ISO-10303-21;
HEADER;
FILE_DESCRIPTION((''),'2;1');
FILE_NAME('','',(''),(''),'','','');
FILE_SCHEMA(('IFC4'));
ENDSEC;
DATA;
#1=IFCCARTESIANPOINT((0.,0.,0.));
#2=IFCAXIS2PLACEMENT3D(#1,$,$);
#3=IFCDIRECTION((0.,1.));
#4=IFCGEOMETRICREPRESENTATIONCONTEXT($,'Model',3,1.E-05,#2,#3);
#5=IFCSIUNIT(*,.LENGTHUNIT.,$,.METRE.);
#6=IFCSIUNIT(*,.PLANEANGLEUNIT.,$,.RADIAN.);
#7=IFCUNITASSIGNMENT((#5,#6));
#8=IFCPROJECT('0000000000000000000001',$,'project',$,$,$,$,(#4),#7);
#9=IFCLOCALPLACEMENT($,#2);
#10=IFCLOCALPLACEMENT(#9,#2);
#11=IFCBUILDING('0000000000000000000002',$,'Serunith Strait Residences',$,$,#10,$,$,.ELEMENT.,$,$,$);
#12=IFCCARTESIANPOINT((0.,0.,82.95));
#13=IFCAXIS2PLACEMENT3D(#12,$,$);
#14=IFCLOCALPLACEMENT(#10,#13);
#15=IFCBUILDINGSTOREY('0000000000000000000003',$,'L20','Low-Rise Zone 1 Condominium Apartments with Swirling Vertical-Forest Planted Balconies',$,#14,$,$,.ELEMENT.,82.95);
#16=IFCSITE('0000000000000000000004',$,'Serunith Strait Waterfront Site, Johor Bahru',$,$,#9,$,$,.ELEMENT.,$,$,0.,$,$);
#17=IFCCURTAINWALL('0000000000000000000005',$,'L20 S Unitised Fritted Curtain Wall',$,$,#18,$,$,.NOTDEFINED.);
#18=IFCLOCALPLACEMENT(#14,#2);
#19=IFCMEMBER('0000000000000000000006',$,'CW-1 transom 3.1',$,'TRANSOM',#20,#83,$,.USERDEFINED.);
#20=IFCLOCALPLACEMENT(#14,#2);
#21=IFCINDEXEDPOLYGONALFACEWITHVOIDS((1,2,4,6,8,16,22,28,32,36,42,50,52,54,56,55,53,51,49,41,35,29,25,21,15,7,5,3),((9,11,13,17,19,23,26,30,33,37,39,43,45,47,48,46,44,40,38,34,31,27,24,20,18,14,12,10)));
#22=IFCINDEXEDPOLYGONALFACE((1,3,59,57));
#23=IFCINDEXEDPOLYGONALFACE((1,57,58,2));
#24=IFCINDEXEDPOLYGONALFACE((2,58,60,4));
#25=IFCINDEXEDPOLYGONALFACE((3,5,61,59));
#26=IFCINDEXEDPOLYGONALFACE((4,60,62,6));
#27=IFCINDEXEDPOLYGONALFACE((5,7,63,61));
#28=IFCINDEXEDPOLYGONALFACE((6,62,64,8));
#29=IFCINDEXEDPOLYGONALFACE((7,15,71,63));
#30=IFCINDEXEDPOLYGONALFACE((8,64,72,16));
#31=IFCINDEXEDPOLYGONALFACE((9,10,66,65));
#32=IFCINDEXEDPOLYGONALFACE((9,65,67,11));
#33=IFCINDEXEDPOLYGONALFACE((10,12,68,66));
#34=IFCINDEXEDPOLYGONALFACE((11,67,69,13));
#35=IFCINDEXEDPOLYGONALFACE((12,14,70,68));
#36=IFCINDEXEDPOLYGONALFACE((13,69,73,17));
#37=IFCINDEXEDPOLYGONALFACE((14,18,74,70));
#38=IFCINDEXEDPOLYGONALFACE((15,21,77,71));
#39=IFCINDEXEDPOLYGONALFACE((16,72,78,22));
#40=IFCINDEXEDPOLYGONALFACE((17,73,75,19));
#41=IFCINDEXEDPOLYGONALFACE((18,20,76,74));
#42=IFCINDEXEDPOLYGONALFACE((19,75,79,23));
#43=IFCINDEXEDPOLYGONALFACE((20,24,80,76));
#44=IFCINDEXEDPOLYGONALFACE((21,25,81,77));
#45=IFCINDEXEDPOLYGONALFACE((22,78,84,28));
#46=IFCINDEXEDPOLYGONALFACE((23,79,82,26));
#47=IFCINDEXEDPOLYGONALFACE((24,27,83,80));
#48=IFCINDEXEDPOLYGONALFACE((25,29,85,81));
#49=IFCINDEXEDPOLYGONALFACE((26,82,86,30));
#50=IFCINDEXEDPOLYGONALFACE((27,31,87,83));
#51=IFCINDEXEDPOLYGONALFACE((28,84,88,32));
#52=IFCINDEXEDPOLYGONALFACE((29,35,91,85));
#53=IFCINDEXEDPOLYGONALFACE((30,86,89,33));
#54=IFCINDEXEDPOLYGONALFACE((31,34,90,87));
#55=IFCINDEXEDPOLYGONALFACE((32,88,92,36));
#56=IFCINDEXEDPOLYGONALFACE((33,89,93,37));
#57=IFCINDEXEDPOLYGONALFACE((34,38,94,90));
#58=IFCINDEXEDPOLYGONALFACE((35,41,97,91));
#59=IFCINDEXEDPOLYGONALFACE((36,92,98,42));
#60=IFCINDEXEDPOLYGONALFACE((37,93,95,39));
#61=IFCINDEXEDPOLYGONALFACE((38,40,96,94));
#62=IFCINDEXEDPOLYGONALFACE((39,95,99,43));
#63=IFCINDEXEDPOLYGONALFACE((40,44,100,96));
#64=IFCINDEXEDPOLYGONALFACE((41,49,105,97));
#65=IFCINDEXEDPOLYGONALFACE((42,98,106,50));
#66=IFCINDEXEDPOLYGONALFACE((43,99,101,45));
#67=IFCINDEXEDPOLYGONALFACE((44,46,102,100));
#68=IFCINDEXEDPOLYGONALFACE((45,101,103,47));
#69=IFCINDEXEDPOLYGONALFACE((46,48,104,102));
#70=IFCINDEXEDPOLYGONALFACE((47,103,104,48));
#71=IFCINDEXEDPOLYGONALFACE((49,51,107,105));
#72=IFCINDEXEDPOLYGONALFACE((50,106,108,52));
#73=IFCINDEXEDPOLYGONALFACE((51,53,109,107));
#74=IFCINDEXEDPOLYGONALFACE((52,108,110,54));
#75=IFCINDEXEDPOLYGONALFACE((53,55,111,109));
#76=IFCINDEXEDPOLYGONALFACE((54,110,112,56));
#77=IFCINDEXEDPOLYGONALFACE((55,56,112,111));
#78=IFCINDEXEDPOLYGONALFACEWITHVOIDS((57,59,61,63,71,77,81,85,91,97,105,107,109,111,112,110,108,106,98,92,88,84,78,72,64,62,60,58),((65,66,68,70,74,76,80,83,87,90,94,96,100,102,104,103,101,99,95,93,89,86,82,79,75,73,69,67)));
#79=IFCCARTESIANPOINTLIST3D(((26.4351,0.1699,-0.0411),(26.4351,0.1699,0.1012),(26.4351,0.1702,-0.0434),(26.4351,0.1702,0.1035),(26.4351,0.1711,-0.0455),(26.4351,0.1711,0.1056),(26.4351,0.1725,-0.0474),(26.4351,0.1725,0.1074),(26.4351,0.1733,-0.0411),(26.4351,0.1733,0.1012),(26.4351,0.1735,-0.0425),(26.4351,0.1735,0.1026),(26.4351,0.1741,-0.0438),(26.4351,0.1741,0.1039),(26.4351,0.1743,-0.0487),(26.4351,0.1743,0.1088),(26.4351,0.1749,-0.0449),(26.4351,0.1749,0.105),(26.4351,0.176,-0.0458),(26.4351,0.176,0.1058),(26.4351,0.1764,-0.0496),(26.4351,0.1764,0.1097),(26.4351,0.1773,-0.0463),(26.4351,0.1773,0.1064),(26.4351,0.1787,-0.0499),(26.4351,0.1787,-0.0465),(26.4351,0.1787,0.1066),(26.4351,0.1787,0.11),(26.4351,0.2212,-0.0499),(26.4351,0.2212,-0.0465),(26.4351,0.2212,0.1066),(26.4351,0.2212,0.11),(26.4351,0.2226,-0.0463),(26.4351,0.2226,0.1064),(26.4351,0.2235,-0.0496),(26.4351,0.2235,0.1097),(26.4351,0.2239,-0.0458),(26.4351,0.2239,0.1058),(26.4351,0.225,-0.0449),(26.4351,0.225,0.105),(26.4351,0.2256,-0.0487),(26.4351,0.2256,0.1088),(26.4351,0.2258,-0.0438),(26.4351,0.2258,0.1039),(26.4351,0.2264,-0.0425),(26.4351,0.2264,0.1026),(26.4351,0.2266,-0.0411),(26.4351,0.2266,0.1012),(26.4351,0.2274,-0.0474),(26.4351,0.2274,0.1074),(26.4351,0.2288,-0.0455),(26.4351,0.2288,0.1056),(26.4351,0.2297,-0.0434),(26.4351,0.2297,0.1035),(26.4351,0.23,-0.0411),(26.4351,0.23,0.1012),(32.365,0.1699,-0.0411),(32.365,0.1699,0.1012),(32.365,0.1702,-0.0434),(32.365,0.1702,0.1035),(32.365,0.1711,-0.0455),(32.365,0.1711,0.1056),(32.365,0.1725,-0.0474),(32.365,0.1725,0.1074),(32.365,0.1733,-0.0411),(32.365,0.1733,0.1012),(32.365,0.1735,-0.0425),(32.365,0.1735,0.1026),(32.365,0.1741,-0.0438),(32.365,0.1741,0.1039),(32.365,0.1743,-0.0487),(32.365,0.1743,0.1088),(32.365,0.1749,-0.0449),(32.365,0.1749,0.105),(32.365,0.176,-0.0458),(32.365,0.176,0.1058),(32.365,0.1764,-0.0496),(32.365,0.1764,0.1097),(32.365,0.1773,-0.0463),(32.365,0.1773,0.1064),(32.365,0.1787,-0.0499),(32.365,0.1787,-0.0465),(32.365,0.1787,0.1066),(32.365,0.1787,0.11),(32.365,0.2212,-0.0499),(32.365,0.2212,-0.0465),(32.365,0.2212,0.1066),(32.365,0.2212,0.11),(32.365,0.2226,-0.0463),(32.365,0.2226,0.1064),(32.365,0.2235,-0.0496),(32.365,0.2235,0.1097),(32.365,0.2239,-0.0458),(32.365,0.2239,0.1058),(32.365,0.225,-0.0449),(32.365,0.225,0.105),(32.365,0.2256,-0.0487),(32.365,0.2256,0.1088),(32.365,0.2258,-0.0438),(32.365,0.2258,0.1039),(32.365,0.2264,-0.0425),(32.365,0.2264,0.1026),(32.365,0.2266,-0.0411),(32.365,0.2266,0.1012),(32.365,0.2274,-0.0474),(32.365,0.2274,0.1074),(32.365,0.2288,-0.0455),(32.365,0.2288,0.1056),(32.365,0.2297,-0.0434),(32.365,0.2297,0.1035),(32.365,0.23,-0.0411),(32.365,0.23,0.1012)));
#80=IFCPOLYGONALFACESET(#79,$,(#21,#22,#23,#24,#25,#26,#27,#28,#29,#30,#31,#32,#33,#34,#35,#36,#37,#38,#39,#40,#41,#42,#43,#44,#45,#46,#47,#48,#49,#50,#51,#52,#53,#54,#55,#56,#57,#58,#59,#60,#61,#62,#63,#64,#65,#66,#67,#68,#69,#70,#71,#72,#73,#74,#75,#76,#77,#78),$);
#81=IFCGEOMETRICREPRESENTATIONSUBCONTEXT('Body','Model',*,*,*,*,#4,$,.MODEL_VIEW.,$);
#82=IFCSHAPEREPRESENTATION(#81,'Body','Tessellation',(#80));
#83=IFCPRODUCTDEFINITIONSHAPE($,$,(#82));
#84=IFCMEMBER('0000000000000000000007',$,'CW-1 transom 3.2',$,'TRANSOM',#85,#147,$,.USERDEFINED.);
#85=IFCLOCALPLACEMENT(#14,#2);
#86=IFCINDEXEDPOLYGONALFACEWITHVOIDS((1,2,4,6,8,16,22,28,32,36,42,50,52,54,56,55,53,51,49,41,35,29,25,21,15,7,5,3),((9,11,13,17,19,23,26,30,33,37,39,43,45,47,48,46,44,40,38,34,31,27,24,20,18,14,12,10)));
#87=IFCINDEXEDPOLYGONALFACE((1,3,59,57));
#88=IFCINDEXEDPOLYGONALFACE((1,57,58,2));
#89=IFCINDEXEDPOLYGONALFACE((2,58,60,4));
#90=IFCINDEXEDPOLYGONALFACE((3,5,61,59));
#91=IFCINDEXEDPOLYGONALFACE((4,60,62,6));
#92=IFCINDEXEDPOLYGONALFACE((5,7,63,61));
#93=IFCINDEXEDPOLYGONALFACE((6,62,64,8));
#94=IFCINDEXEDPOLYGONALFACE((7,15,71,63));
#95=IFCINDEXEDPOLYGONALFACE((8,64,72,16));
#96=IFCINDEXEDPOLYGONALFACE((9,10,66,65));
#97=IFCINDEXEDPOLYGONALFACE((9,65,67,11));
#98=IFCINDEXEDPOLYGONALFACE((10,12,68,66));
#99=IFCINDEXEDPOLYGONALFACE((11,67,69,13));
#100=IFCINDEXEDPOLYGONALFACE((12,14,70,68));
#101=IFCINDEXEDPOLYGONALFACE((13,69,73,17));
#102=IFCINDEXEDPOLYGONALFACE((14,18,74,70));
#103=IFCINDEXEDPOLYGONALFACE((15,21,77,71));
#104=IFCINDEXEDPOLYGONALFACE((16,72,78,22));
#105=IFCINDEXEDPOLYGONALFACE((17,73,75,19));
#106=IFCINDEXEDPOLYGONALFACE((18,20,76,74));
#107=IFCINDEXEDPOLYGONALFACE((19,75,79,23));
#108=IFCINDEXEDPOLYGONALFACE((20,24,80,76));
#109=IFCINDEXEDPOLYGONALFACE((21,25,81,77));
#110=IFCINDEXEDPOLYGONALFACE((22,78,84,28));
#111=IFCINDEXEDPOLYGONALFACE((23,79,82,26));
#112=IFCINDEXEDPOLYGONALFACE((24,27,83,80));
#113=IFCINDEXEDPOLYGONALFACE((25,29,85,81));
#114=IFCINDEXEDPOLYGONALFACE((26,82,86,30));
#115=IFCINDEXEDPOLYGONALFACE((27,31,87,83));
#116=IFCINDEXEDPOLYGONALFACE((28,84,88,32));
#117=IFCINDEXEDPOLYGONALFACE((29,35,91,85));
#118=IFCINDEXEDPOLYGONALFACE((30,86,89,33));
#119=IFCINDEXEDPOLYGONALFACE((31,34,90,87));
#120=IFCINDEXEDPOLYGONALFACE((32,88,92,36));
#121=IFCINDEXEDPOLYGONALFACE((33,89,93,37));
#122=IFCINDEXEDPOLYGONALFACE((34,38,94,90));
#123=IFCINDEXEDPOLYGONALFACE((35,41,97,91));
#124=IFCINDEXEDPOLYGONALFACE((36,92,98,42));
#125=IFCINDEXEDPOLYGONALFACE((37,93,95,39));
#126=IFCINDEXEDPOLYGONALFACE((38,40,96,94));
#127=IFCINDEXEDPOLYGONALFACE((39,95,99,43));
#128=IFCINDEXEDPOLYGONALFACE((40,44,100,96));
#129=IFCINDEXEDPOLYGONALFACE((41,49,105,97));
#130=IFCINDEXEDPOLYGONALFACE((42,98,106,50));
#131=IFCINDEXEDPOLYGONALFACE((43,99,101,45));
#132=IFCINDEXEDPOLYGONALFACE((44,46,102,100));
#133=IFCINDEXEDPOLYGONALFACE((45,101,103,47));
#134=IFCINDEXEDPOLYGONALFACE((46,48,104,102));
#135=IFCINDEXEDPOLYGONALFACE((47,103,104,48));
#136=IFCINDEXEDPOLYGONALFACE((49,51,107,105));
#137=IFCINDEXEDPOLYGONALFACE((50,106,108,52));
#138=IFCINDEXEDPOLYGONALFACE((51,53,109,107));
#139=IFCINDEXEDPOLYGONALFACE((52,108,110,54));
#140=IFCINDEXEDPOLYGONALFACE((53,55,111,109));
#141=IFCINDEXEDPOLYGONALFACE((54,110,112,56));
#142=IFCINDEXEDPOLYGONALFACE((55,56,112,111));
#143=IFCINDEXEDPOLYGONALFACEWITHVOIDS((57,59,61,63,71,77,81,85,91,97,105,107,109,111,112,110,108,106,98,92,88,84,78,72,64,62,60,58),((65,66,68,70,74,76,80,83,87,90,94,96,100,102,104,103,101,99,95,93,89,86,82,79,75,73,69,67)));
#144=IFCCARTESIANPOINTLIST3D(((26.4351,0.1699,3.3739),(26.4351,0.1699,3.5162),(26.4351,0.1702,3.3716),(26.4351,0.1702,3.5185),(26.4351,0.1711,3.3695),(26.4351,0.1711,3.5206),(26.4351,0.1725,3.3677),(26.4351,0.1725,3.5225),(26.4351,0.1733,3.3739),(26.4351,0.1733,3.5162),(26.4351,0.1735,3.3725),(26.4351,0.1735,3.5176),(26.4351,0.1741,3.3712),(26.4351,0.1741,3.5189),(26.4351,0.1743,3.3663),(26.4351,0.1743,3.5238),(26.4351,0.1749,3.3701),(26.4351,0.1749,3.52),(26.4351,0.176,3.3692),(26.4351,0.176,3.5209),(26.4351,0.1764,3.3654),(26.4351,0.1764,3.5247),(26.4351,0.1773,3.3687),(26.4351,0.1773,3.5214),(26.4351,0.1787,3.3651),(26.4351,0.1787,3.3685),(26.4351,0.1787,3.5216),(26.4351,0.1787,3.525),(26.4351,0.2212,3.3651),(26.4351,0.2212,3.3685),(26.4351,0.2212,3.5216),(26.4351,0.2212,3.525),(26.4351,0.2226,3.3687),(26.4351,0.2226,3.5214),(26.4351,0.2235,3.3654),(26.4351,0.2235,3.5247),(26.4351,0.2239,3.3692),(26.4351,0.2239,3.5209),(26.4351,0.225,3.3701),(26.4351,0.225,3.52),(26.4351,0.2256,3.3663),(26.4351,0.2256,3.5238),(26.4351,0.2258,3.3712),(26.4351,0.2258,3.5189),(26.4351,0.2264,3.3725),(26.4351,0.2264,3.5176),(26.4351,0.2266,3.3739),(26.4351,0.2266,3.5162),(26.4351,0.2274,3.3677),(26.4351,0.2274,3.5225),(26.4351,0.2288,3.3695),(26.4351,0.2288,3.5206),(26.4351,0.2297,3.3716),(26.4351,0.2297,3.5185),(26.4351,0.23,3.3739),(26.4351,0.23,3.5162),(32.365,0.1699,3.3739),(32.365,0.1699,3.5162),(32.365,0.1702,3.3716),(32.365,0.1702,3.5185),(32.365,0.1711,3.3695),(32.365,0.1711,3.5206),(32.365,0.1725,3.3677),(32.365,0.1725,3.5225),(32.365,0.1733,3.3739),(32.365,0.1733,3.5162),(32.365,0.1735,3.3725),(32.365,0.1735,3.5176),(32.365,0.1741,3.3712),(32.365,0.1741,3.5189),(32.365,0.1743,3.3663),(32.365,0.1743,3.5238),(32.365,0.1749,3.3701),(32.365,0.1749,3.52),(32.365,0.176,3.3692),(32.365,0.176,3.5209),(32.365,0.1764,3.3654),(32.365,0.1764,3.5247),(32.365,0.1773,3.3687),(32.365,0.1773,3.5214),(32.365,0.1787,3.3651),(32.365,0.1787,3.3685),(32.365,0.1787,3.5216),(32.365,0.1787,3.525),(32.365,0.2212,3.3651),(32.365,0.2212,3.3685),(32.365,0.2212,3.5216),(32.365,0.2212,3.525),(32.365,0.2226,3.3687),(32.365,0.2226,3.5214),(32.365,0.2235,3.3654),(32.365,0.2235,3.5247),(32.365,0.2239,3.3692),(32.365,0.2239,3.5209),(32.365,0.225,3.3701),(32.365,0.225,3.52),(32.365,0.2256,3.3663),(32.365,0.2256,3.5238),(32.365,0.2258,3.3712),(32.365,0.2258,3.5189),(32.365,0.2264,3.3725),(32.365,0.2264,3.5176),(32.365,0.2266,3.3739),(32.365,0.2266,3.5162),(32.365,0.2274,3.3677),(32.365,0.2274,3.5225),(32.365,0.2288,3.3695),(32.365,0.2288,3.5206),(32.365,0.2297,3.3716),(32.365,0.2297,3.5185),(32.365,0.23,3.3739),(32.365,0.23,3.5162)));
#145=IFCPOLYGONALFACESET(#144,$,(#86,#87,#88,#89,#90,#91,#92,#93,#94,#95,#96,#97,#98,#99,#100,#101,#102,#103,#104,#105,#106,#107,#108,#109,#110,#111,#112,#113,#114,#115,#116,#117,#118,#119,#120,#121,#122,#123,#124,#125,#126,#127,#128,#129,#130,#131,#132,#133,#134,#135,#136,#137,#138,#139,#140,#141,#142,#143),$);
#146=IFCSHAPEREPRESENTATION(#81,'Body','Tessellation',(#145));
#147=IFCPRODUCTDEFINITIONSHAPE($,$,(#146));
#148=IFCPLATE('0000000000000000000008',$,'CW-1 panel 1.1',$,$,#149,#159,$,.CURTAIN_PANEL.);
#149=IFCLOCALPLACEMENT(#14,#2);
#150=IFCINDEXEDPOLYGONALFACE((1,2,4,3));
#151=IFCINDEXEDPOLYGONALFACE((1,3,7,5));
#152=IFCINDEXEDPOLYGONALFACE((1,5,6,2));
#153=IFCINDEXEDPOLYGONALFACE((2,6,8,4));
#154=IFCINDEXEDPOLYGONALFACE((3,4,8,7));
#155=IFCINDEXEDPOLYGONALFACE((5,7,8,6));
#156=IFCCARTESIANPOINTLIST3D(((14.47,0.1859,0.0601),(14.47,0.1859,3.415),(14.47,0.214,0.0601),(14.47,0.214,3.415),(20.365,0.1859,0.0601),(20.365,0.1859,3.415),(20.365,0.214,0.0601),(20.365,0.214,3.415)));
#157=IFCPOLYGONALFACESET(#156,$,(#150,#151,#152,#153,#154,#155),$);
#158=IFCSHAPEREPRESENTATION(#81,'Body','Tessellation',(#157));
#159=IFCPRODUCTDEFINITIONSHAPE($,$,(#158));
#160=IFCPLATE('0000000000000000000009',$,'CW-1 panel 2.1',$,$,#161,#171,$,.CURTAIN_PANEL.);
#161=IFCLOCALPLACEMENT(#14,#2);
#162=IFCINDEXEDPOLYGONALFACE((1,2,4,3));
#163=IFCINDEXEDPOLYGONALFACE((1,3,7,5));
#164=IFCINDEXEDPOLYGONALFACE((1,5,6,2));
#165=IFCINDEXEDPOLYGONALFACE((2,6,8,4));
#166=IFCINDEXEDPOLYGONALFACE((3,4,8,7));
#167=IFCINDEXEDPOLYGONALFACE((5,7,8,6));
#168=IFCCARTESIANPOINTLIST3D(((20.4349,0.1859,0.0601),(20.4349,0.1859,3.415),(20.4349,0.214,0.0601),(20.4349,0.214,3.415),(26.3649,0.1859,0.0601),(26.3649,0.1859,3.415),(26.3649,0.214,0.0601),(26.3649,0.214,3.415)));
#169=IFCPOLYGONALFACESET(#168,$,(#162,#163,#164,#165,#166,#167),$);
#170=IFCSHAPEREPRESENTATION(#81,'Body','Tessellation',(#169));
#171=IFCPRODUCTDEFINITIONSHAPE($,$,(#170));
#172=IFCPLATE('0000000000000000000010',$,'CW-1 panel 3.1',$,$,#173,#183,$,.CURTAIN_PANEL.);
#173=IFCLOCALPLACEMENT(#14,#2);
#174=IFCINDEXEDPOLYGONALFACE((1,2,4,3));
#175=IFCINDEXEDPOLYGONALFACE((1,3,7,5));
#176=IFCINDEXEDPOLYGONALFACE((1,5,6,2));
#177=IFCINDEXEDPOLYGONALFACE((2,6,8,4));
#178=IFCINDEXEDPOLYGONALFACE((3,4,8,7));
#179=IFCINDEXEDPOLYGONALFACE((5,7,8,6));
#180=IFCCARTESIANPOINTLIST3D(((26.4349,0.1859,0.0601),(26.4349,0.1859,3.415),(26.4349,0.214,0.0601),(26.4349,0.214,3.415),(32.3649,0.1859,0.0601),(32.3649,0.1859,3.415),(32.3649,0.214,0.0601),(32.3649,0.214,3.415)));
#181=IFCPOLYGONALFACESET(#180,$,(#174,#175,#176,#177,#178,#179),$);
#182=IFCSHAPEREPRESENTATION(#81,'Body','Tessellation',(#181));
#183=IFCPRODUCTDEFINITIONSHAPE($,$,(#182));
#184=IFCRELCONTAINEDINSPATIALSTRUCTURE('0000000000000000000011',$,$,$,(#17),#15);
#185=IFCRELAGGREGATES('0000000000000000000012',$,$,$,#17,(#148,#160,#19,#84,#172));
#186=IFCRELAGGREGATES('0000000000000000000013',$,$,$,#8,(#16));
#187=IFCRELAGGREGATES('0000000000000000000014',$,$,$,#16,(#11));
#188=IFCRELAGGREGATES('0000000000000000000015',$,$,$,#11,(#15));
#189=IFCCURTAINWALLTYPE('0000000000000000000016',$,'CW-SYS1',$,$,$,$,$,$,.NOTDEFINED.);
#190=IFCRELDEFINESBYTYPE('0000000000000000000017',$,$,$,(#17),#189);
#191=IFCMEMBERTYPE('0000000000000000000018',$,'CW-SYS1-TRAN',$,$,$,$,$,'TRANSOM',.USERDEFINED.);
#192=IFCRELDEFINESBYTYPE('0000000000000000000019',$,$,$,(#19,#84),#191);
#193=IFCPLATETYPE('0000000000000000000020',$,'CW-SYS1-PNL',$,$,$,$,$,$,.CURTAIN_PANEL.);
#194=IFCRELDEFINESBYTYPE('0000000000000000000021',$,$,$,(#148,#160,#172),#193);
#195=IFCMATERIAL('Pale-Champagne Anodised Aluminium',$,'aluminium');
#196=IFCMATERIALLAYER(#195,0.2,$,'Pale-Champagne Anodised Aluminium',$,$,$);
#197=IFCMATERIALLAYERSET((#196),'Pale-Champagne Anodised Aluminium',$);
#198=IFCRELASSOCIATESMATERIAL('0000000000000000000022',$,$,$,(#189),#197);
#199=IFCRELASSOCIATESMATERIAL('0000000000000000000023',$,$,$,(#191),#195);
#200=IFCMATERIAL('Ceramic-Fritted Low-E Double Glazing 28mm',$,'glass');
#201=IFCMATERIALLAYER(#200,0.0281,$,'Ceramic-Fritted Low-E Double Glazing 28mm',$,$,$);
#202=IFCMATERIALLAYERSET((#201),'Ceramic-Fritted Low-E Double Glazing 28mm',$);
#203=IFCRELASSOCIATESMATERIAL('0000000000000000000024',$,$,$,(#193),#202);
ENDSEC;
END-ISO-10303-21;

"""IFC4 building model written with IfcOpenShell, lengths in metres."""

from ifc_helpers import new_model, si_unit, direction, frame, origin, origin_2d, place, context, subcontext, project, spatial, rectangle, hollow_rectangle, extrude, source, transform, mapped, material, layer, layer_set, material_profile, profile_set, type_object, element, aggregate, save


model = new_model("IFC4")

# Units and contexts
model_context = context("Model", 3, precision=1e-05, world=origin(), true_north=direction((0.0, 1.0)))
body_context = subcontext(model_context, "Body", "Model", "MODEL_VIEW")
ifc_project = project(units=[si_unit("LENGTHUNIT", "METRE"), si_unit("PLANEANGLEUNIT", "RADIAN")], contexts=[model_context])

# Site, building, storey
site_placement = place(None, origin())
site = spatial("IfcSite", under=ifc_project, at=site_placement, Name="Serunith Strait Waterfront Site, Johor Bahru", CompositionType="ELEMENT", RefElevation=0.0)
building_placement = place(site_placement, origin())
building = spatial("IfcBuilding", under=site, at=building_placement, Name="Serunith Strait Residences", CompositionType="ELEMENT")
storey_placement = place(building_placement, frame((0.0, 0.0, 82.95)))
storey = spatial("IfcBuildingStorey", under=building, at=storey_placement, Name="L20", Description="Low-Rise Zone 1 Condominium Apartments with Swirling Vertical-Forest Planted Balconies", CompositionType="ELEMENT", Elevation=82.95)

# Curtain wall, members, plates
ifc_material_1 = material(Name="Pale-Champagne Anodised Aluminium", Category="aluminium")
ifc_layer_1 = layer(ifc_material_1, 0.2, Name="Pale-Champagne Anodised Aluminium")
ifc_layer_set_1 = layer_set([ifc_layer_1], Name="Pale-Champagne Anodised Aluminium")
curtain_wall_type = type_object("IfcCurtainWallType", Name="CW-SYS1", PredefinedType="NOTDEFINED", material=ifc_layer_set_1)
curtain_wall_placement = place(storey_placement, origin())
curtain_wall = element("IfcCurtainWall", 1, at=curtain_wall_placement, inside=storey, type_object=curtain_wall_type, Name="L20 S Unitised Fritted Curtain Wall", PredefinedType="NOTDEFINED")
ifc_material_profile_1 = material_profile(ifc_material_1, hollow_rectangle(XDim=0.0601, YDim=0.1599, WallThickness=0.0034, InnerFilletRadius=0.0054, OuterFilletRadius=0.0088, at=origin_2d()), Name="ALU 160x60x3.5")
ifc_profile_set_1 = profile_set([ifc_material_profile_1], Name="Pale-Champagne Anodised Aluminium")
member_type_1 = type_object("IfcMemberType", Name="CW-SYS1-TRAN", ElementType="TRANSOM", PredefinedType="USERDEFINED", material=ifc_profile_set_1)
shared_shape_1 = source(origin(), body_context, "Body", "SweptSolid", [
    extrude(hollow_rectangle(XDim=0.0601, YDim=0.1599, WallThickness=0.0034, InnerFilletRadius=0.0054, OuterFilletRadius=0.0088, at=origin_2d()), origin(), (0.0, 0.0, 1.0), 5.9299),
])
member_1_placement = place(storey_placement, frame((26.4351, 0.2, 0.03), z_axis=(1.0, 0.0, 0.0), x_axis=(0.0, 1.0, 0.0)))
member_1 = element("IfcMember", 2, at=member_1_placement, type_object=member_type_1, Name="CW-1 transom 3.1", ObjectType="TRANSOM", PredefinedType="USERDEFINED", context=body_context, shape_type="MappedRepresentation", body=[
    mapped(shared_shape_1, transform((0.0, 0.0, 0.0), scale=1.0)),
])
member_2_placement = place(storey_placement, frame((26.4351, 0.2, 3.4451), z_axis=(1.0, 0.0, 0.0), x_axis=(0.0, 1.0, 0.0)))
member_2 = element("IfcMember", 3, at=member_2_placement, type_object=member_type_1, Name="CW-1 transom 3.2", ObjectType="TRANSOM", PredefinedType="USERDEFINED", context=body_context, shape_type="MappedRepresentation", body=[
    mapped(shared_shape_1, transform((0.0, 0.0, 0.0), scale=1.0)),
])
ifc_material_2 = material(Name="Ceramic-Fritted Low-E Double Glazing 28mm", Category="glass")
ifc_layer_2 = layer(ifc_material_2, 0.0281, Name="Ceramic-Fritted Low-E Double Glazing 28mm")
ifc_layer_set_2 = layer_set([ifc_layer_2], Name="Ceramic-Fritted Low-E Double Glazing 28mm")
plate_type = type_object("IfcPlateType", Name="CW-SYS1-PNL", PredefinedType="CURTAIN_PANEL", material=ifc_layer_set_2)
shared_shape_2 = source(origin(), body_context, "Body", "SweptSolid", [
    extrude(rectangle(XDim=5.895, YDim=0.0281, at=origin_2d()), origin(), (0.0, 0.0, 1.0), 3.355),
])
plate_1_placement = place(storey_placement, frame((17.4175, 0.2, 0.0601), z_axis=(0.0, 0.0, 1.0), x_axis=(1.0, 0.0, 0.0)))
plate_1 = element("IfcPlate", 4, at=plate_1_placement, type_object=plate_type, Name="CW-1 panel 1.1", PredefinedType="CURTAIN_PANEL", context=body_context, shape_type="MappedRepresentation", body=[
    mapped(shared_shape_2, transform((0.0, 0.0, 0.0), scale=1.0)),
])
shared_shape_3 = source(origin(), body_context, "Body", "SweptSolid", [
    extrude(rectangle(XDim=5.9299, YDim=0.0281, at=origin_2d()), origin(), (0.0, 0.0, 1.0), 3.355),
])
plate_2_placement = place(storey_placement, frame((23.3999, 0.2, 0.0601), z_axis=(0.0, 0.0, 1.0), x_axis=(1.0, 0.0, 0.0)))
plate_2 = element("IfcPlate", 5, at=plate_2_placement, type_object=plate_type, Name="CW-1 panel 2.1", PredefinedType="CURTAIN_PANEL", context=body_context, shape_type="MappedRepresentation", body=[
    mapped(shared_shape_3, transform((0.0, 0.0, 0.0), scale=1.0)),
])
plate_3_placement = place(storey_placement, frame((29.3999, 0.2, 0.0601), z_axis=(0.0, 0.0, 1.0), x_axis=(1.0, 0.0, 0.0)))
plate_3 = element("IfcPlate", 6, at=plate_3_placement, type_object=plate_type, Name="CW-1 panel 3.1", PredefinedType="CURTAIN_PANEL", context=body_context, shape_type="MappedRepresentation", body=[
    mapped(shared_shape_3, transform((0.0, 0.0, 0.0), scale=1.0)),
])
aggregate(curtain_wall, [plate_1, plate_2, member_1, member_2, plate_3])

save(model, "model.ifc")
